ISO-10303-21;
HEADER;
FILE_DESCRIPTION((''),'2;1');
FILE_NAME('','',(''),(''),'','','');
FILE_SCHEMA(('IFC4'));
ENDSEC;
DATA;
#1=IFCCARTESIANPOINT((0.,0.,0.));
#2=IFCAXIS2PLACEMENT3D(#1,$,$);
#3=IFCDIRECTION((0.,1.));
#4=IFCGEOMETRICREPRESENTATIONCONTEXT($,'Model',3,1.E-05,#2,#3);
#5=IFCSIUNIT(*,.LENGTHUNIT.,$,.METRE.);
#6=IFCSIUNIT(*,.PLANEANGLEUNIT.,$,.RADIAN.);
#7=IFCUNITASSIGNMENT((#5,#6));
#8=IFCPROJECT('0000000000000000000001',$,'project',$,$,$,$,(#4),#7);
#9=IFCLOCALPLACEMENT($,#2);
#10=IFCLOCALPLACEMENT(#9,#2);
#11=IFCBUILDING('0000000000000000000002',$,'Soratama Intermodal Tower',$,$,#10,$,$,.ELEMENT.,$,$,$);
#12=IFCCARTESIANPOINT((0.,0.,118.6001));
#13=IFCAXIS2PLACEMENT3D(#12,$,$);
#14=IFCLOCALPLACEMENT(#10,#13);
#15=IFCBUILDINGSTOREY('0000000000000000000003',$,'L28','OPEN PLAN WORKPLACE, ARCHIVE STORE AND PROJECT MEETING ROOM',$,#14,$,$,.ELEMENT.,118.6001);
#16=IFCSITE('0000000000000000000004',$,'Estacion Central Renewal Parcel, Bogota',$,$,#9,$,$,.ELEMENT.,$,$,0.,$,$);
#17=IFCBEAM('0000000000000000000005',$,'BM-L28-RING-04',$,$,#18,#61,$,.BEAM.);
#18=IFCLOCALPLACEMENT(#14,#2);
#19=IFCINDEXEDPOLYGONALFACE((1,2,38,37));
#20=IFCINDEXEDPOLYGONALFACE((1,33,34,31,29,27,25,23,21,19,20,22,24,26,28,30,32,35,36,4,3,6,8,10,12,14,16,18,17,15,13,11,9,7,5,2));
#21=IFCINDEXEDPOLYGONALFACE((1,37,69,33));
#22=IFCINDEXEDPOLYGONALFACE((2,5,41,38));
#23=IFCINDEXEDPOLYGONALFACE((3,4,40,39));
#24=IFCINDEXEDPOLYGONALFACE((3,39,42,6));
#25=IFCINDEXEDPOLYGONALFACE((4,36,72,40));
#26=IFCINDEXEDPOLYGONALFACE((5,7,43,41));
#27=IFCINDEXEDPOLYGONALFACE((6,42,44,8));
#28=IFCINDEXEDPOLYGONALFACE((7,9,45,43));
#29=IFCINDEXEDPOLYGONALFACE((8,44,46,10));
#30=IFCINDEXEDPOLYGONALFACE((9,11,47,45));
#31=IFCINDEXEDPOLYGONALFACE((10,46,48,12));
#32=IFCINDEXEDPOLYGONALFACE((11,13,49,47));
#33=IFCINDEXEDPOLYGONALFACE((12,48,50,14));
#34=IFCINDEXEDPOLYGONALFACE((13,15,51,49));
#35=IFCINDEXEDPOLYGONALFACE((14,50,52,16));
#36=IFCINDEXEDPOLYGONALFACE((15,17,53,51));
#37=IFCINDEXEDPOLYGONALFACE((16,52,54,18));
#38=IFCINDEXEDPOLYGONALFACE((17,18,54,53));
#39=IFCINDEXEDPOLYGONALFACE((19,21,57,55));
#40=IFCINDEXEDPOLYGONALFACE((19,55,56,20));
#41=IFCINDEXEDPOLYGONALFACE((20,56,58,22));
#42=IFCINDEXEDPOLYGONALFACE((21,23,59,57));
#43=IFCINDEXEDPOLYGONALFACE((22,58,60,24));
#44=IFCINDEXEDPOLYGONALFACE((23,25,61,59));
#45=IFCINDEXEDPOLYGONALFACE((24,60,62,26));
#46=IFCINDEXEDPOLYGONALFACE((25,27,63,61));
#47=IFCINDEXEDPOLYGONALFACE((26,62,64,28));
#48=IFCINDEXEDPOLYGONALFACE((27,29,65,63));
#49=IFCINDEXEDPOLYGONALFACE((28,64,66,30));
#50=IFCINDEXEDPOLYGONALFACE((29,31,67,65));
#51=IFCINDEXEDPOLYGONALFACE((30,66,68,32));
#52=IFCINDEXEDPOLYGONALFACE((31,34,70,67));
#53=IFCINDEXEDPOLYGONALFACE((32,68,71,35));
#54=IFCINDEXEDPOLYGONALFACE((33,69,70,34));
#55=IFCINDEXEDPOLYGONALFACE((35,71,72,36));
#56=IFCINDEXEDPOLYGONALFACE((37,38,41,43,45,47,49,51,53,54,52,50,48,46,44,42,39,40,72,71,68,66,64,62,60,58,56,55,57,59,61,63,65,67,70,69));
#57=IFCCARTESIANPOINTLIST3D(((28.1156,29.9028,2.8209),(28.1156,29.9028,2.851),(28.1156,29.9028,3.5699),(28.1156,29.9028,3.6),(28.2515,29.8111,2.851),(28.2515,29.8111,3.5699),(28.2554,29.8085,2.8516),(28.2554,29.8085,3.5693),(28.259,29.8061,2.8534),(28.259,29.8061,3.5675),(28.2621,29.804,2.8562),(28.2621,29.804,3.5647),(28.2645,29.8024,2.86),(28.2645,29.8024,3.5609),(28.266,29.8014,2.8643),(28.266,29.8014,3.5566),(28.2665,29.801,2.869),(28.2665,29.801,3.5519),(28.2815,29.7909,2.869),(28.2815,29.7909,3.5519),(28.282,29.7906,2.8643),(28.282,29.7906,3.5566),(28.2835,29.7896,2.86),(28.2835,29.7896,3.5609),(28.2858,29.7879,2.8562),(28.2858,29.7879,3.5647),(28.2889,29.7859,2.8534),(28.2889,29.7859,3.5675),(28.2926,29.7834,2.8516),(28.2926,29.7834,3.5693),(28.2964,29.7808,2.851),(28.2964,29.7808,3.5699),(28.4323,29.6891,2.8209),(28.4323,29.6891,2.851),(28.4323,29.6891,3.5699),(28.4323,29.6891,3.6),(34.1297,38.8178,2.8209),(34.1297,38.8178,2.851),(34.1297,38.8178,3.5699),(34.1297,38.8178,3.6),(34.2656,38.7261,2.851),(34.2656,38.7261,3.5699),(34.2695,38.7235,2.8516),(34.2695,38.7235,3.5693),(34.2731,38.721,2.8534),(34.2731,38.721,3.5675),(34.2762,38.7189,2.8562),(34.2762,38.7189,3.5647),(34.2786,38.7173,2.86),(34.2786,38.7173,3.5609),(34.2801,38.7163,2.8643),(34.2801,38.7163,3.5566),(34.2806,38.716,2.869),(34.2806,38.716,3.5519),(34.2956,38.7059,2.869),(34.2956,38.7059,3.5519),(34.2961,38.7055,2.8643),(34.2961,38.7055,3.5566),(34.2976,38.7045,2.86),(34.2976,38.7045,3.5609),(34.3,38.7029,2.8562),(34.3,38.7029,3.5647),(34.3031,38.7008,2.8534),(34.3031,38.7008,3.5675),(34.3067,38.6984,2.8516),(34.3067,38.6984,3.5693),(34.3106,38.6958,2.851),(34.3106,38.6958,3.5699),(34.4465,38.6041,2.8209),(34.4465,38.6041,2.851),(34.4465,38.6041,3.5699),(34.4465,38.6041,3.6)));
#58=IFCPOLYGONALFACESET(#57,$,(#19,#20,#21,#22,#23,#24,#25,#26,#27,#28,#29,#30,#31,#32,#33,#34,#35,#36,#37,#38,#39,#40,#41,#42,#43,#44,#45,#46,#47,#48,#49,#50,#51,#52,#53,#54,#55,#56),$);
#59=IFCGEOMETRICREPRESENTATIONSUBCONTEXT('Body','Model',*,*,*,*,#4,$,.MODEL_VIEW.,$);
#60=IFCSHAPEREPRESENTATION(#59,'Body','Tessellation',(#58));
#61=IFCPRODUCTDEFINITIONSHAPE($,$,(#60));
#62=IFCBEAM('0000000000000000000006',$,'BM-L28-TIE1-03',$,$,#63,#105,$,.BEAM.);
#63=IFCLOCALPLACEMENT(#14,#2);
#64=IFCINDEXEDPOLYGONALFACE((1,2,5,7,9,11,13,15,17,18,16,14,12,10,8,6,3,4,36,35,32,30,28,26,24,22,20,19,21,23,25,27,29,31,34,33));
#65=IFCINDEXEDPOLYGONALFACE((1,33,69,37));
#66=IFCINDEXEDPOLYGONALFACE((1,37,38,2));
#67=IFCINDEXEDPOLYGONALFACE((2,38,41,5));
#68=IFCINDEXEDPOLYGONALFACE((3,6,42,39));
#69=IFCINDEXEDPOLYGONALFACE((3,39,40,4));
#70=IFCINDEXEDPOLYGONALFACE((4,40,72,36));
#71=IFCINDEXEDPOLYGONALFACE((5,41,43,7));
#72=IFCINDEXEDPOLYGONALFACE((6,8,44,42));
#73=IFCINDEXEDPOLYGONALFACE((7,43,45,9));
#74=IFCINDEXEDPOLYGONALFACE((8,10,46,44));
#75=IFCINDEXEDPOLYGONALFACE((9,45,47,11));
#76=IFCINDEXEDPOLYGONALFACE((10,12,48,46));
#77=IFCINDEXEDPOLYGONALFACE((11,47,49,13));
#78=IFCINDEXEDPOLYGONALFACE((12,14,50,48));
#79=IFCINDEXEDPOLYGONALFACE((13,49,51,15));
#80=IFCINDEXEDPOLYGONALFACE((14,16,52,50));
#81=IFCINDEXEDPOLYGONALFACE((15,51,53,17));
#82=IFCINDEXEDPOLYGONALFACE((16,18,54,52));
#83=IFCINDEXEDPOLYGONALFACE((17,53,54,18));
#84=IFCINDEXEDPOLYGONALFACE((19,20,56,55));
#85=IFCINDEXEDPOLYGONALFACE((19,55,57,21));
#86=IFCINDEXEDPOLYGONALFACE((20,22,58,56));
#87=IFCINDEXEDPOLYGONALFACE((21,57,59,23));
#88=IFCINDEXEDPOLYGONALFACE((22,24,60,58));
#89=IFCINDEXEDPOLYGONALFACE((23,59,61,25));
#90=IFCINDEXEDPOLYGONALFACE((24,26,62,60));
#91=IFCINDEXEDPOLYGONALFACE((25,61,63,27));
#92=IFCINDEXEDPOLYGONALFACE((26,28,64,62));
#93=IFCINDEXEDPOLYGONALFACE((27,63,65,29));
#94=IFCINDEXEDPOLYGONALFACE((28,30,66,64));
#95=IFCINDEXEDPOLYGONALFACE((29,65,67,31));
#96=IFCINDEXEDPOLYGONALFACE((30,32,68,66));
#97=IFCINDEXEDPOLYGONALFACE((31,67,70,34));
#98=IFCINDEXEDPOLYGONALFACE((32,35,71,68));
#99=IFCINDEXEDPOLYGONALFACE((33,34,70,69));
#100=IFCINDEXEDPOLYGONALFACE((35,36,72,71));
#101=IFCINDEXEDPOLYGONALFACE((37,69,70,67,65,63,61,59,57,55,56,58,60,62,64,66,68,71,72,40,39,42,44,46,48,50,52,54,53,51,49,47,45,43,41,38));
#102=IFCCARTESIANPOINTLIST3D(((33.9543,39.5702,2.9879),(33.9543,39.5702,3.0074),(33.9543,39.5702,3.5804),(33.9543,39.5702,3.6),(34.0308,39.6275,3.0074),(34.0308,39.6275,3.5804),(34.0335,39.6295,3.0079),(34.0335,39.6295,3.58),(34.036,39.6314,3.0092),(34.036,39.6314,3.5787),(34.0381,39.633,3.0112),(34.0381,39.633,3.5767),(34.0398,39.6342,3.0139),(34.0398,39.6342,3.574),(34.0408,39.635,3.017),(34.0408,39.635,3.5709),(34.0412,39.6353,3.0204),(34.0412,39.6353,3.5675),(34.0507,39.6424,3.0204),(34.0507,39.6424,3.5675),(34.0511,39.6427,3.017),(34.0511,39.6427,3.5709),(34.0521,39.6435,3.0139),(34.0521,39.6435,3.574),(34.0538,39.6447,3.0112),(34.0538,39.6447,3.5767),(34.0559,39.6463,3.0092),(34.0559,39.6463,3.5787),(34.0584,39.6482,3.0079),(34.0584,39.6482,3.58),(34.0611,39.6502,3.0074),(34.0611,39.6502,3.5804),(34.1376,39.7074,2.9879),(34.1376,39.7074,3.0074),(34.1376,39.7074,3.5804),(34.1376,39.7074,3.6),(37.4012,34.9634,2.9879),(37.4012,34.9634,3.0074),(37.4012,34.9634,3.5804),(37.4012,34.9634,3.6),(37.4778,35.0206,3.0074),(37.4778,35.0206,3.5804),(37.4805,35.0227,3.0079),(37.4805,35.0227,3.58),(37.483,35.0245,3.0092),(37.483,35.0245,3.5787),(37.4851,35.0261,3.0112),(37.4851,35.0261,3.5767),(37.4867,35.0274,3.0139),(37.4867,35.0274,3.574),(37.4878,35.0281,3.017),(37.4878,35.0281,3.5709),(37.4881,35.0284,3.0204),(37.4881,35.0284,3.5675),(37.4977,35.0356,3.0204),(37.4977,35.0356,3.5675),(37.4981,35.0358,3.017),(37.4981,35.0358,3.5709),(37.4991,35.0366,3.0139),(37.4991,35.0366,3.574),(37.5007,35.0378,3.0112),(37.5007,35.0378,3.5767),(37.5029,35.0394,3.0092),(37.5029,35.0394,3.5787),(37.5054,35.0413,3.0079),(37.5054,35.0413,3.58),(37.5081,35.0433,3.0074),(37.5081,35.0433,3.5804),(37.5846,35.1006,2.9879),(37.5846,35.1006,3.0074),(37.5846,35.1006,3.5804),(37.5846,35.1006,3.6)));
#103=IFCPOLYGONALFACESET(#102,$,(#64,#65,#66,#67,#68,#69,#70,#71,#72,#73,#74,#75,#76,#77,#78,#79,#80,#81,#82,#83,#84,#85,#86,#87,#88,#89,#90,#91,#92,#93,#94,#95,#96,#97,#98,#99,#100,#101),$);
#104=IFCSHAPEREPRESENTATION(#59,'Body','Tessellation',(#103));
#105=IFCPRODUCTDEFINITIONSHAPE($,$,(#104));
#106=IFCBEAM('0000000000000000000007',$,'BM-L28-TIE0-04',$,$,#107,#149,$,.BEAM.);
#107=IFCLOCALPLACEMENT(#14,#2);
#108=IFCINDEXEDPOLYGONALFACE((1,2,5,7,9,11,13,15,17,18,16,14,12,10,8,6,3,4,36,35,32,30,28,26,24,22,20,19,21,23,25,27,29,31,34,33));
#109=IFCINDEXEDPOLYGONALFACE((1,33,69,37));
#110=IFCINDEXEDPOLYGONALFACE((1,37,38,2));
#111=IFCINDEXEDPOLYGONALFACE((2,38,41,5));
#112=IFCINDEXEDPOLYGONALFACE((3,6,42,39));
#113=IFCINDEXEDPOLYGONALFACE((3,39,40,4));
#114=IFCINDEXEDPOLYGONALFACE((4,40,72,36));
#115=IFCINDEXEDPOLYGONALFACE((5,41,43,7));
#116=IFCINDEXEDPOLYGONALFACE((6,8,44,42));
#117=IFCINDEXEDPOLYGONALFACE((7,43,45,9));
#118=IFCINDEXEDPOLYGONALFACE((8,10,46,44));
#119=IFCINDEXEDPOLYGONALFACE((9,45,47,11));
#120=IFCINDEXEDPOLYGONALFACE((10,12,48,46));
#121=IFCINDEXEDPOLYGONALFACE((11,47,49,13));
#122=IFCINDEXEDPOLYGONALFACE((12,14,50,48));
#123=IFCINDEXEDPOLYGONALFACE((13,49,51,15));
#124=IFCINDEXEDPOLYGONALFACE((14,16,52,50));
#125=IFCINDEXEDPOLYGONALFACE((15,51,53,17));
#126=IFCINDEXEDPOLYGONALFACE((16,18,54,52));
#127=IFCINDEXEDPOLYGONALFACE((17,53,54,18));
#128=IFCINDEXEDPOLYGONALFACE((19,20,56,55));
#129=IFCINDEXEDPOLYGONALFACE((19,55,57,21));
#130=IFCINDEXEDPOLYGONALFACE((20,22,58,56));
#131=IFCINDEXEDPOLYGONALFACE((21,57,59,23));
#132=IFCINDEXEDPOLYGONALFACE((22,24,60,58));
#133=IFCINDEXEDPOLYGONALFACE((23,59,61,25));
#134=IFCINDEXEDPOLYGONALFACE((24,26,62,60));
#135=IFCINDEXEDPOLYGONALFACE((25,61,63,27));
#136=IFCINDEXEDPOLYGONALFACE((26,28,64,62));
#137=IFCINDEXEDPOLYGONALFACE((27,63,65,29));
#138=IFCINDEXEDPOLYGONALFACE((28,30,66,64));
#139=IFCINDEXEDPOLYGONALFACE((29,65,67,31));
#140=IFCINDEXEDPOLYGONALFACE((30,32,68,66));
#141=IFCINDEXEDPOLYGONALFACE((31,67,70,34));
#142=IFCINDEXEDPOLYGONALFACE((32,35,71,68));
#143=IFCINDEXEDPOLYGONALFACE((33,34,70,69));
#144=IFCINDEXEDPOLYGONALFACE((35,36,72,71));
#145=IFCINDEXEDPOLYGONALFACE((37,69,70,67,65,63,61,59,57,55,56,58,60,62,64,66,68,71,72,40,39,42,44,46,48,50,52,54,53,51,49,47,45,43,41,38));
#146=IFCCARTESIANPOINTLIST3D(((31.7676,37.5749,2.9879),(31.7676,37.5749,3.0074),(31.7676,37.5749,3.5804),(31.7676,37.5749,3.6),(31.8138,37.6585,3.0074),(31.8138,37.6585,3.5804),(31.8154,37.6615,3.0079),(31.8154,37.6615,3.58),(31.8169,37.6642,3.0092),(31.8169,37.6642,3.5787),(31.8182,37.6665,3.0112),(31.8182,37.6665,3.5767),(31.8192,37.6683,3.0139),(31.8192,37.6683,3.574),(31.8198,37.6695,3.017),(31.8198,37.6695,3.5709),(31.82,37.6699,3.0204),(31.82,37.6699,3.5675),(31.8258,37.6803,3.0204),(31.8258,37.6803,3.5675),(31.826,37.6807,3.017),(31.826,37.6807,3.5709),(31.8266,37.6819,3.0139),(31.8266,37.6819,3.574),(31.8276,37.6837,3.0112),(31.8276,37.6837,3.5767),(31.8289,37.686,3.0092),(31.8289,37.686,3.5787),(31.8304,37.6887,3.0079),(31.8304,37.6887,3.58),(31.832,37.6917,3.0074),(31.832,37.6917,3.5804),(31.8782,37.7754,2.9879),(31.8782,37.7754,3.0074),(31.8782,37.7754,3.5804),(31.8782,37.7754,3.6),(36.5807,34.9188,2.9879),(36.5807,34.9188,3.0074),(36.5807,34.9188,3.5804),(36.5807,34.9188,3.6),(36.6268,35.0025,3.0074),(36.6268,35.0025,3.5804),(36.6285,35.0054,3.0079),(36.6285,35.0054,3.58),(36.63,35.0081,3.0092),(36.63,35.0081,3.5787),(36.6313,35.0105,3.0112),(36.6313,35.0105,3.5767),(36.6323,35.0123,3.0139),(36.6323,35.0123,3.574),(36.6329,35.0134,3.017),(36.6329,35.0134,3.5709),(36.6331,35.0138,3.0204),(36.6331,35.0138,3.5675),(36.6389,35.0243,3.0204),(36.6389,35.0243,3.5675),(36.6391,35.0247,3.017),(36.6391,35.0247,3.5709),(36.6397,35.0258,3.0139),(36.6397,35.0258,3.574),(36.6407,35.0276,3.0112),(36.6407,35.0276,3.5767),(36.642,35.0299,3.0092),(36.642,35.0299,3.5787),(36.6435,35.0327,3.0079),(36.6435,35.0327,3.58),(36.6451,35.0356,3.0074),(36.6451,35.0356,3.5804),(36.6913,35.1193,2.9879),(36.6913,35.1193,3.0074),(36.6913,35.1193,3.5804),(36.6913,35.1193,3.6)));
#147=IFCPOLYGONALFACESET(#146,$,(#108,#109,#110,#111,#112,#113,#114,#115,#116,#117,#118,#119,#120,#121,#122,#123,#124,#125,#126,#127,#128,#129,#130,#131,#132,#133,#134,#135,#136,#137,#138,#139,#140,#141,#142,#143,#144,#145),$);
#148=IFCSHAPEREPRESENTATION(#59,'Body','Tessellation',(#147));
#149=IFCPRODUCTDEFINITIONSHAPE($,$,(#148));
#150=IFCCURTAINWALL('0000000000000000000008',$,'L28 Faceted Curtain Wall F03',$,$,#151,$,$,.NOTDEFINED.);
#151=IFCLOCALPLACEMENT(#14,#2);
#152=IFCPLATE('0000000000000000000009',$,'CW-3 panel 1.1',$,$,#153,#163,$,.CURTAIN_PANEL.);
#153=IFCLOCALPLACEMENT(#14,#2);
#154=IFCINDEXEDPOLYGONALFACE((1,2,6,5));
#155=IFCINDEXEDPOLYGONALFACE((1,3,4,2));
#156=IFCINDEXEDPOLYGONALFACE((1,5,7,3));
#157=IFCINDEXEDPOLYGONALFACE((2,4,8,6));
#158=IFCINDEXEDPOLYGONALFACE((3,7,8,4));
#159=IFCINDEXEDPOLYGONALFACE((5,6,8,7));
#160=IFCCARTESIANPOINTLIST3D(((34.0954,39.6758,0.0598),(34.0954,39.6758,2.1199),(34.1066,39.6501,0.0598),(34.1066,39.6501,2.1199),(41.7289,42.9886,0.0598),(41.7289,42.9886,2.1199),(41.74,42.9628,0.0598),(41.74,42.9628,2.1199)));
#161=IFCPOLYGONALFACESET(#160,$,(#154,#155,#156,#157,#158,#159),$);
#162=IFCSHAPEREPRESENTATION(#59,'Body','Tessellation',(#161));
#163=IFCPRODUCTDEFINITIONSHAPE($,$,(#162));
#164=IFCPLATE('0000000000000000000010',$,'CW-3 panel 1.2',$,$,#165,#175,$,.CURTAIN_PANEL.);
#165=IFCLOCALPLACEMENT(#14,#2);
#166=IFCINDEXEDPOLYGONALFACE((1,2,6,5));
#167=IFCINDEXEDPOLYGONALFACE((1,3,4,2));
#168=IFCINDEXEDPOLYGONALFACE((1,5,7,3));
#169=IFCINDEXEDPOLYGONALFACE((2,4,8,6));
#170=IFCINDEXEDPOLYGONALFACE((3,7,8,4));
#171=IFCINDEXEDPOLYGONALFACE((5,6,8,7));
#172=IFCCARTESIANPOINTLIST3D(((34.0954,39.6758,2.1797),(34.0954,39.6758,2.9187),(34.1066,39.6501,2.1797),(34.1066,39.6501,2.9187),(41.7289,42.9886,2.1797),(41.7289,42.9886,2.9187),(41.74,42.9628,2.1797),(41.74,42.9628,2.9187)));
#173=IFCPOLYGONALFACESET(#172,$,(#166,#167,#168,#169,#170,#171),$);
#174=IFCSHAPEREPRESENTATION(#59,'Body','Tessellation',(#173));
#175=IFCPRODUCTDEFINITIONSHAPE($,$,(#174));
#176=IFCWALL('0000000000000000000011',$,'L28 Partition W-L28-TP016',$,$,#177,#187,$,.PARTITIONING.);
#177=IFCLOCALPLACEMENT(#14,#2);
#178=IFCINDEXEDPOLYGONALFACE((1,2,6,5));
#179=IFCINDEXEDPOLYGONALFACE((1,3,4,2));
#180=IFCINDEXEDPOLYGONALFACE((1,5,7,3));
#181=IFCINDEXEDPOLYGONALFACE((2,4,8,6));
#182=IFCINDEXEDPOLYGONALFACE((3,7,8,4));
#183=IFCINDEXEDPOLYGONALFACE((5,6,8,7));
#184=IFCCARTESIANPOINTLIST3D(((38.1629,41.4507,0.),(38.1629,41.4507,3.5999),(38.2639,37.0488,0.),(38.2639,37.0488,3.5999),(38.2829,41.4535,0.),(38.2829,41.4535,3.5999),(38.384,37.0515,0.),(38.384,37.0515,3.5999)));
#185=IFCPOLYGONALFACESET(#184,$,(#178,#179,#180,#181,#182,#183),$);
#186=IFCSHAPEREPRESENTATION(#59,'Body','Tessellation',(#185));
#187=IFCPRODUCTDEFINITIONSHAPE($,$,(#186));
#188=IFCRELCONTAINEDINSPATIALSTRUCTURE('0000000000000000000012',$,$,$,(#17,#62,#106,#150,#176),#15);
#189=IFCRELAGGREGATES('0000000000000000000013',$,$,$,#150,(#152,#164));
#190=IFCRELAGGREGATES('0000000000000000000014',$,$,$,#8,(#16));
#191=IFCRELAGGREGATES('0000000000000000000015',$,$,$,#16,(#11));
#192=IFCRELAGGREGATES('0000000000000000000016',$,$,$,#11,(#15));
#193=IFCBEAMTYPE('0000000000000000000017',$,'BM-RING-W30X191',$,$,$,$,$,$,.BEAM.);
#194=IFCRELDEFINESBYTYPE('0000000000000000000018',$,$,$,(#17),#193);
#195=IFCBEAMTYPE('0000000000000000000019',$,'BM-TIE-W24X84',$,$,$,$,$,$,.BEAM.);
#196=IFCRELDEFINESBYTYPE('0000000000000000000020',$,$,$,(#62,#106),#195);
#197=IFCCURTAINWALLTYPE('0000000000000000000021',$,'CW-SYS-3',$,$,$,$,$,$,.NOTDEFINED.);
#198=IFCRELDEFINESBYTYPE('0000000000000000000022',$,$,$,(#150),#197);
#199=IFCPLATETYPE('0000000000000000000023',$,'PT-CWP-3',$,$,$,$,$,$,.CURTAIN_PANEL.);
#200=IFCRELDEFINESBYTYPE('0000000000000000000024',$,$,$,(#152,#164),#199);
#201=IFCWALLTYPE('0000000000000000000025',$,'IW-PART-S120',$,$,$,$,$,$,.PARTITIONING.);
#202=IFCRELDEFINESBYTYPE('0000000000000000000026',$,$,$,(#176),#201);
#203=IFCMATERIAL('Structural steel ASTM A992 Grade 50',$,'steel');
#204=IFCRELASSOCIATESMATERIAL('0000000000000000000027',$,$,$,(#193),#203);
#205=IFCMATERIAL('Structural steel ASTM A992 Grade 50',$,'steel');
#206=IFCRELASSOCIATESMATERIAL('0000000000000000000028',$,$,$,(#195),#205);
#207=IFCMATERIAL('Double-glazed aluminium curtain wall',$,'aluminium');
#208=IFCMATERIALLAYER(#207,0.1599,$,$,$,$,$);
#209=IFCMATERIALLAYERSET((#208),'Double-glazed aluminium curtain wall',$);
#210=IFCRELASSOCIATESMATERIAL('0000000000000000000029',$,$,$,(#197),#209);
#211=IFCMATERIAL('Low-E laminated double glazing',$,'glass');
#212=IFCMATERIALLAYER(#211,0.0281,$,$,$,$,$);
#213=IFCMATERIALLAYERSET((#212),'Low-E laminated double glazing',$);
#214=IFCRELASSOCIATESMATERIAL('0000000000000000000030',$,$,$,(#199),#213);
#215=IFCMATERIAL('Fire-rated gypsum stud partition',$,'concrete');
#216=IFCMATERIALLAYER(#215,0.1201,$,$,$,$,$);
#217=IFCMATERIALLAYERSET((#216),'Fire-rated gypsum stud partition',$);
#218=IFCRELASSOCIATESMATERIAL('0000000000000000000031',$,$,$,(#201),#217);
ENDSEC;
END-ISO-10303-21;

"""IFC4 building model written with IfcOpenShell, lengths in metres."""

from ifc_helpers import new_model, si_unit, direction, frame, frame_2d, origin, origin_2d, place, context, subcontext, project, spatial, rectangle, i_section, extrude, material, layer, layer_set, material_profile, profile_set, type_object, element, aggregate, save


model = new_model("IFC4")

# Units and contexts
model_context = context("Model", 3, precision=1e-05, world=origin(), true_north=direction((0.0, 1.0)))
body_context = subcontext(model_context, "Body", "Model", "MODEL_VIEW")
ifc_project = project(units=[si_unit("LENGTHUNIT", "METRE"), si_unit("PLANEANGLEUNIT", "RADIAN")], contexts=[model_context])

# Site, building, storey
site_placement = place(None, origin())
site = spatial("IfcSite", under=ifc_project, at=site_placement, Name="Estacion Central Renewal Parcel, Bogota", CompositionType="ELEMENT", RefElevation=0.0)
building_placement = place(site_placement, origin())
building = spatial("IfcBuilding", under=site, at=building_placement, Name="Soratama Intermodal Tower", CompositionType="ELEMENT")
storey_placement = place(building_placement, frame((0.0, 0.0, 118.6001)))
storey = spatial("IfcBuildingStorey", under=building, at=storey_placement, Name="L28", Description="OPEN PLAN WORKPLACE, ARCHIVE STORE AND PROJECT MEETING ROOM", CompositionType="ELEMENT", Elevation=118.6001)

# Beams
ifc_material_1 = material(Name="Structural steel ASTM A992 Grade 50", Category="steel")
ifc_material_profile_1 = material_profile(ifc_material_1, i_section(OverallWidth=0.3821, OverallDepth=0.7791, WebThickness=0.0181, FlangeThickness=0.03, FilletRadius=0.0181, at=origin_2d()), Name="W30X191")
ifc_profile_set_1 = profile_set([ifc_material_profile_1], Name="Structural steel ASTM A992 Grade 50")
beam_type_1 = type_object("IfcBeamType", Name="BM-RING-W30X191", PredefinedType="BEAM", material=ifc_profile_set_1)
beam_1_placement = place(storey_placement, frame((34.2881, 38.7109, 3.2104), z_axis=(-0.55925, -0.828999, 0.0), x_axis=(0.828999, -0.55925, 0.0)))
element("IfcBeam", 1, at=beam_1_placement, inside=storey, type_object=beam_type_1, Name="BM-L28-RING-04", PredefinedType="BEAM", context=body_context, shape_type="SweptSolid", body=[
    extrude(i_section(OverallWidth=0.3821, OverallDepth=0.7791, WebThickness=0.0181, FlangeThickness=0.03, FilletRadius=0.0181, at=origin_2d()), origin(), (0.0, 0.0, 1.0), 10.7539),
])
ifc_material_2 = material(Name="Structural steel ASTM A992 Grade 50", Category="steel")
ifc_material_profile_2 = material_profile(ifc_material_2, i_section(OverallWidth=0.229, OverallDepth=0.6121, WebThickness=0.012, FlangeThickness=0.0195, FilletRadius=0.0129, at=origin_2d()), Name="W24X84")
ifc_profile_set_2 = profile_set([ifc_material_profile_2], Name="Structural steel ASTM A992 Grade 50")
beam_type_2 = type_object("IfcBeamType", Name="BM-TIE-W24X84", PredefinedType="BEAM", material=ifc_profile_set_2)
beam_2_placement = place(storey_placement, frame((37.4929, 35.032, 3.2939), z_axis=(-0.59909, 0.800682, 0.0), x_axis=(-0.800682, -0.59909, 0.0)))
element("IfcBeam", 2, at=beam_2_placement, inside=storey, type_object=beam_type_2, Name="BM-L28-TIE1-03", PredefinedType="BEAM", context=body_context, shape_type="SweptSolid", body=[
    extrude(i_section(OverallWidth=0.229, OverallDepth=0.6121, WebThickness=0.012, FlangeThickness=0.0195, FilletRadius=0.0129, at=origin_2d()), origin(), (0.0, 0.0, 1.0), 5.7537),
])
beam_3_placement = place(storey_placement, frame((36.636, 35.019, 3.2939), z_axis=(-0.875534, 0.483156, 0.0), x_axis=(-0.483156, -0.875534, 0.0)))
element("IfcBeam", 3, at=beam_3_placement, inside=storey, type_object=beam_type_2, Name="BM-L28-TIE0-04", PredefinedType="BEAM", context=body_context, shape_type="SweptSolid", body=[
    extrude(i_section(OverallWidth=0.229, OverallDepth=0.6121, WebThickness=0.012, FlangeThickness=0.0195, FilletRadius=0.0129, at=origin_2d()), origin(), (0.0, 0.0, 1.0), 5.4973),
])

# Curtain wall, plates
ifc_material_3 = material(Name="Double-glazed aluminium curtain wall", Category="aluminium")
ifc_layer_1 = layer(ifc_material_3, 0.1599)
ifc_layer_set_1 = layer_set([ifc_layer_1], Name="Double-glazed aluminium curtain wall")
curtain_wall_type = type_object("IfcCurtainWallType", Name="CW-SYS-3", PredefinedType="NOTDEFINED", material=ifc_layer_set_1)
curtain_wall_placement = place(storey_placement, origin())
curtain_wall = element("IfcCurtainWall", 4, at=curtain_wall_placement, inside=storey, type_object=curtain_wall_type, Name="L28 Faceted Curtain Wall F03", PredefinedType="NOTDEFINED")
ifc_material_4 = material(Name="Low-E laminated double glazing", Category="glass")
ifc_layer_2 = layer(ifc_material_4, 0.0281)
ifc_layer_set_2 = layer_set([ifc_layer_2], Name="Low-E laminated double glazing")
plate_type = type_object("IfcPlateType", Name="PT-CWP-3", PredefinedType="CURTAIN_PANEL", material=ifc_layer_set_2)
plate_1_placement = place(storey_placement, frame((37.9177, 41.3193, 0.0598), z_axis=(0.0, 0.0, 1.0), x_axis=(-0.91734, -0.398104, 0.0)))
plate_1 = element("IfcPlate", 5, at=plate_1_placement, type_object=plate_type, Name="CW-3 panel 1.1", PredefinedType="CURTAIN_PANEL", context=body_context, shape_type="SweptSolid", body=[
    extrude(rectangle(XDim=8.3213, YDim=0.0281, at=origin_2d()), origin(), (0.0, 0.0, 1.0), 2.0601),
])
plate_2_placement = place(storey_placement, frame((37.9177, 41.3193, 2.1797), z_axis=(0.0, 0.0, 1.0), x_axis=(-0.91734, -0.398104, 0.0)))
plate_2 = element("IfcPlate", 6, at=plate_2_placement, type_object=plate_type, Name="CW-3 panel 1.2", PredefinedType="CURTAIN_PANEL", context=body_context, shape_type="SweptSolid", body=[
    extrude(rectangle(XDim=8.3213, YDim=0.0281, at=origin_2d()), origin(), (0.0, 0.0, 1.0), 0.739),
])
aggregate(curtain_wall, [plate_1, plate_2])

# Wall
ifc_material_5 = material(Name="Fire-rated gypsum stud partition", Category="concrete")
ifc_layer_3 = layer(ifc_material_5, 0.1201)
ifc_layer_set_3 = layer_set([ifc_layer_3], Name="Fire-rated gypsum stud partition")
wall_type_1 = type_object("IfcWallType", Name="IW-PART-S120", PredefinedType="PARTITIONING", material=ifc_layer_set_3)
wall_1_placement = place(storey_placement, frame((38.324, 37.05, 0.0), z_axis=(0.0, 0.0, 1.0), x_axis=(-0.022956, 0.999736, 0.0)))
element("IfcWall", 7, at=wall_1_placement, inside=storey, type_object=wall_type_1, Name="L28 Partition W-L28-TP016", PredefinedType="PARTITIONING", context=body_context, shape_type="SweptSolid", body=[
    extrude(rectangle(XDim=4.4031, YDim=0.1201, at=frame_2d((2.2017, 0.0))), origin(), (0.0, 0.0, 1.0), 3.5999),
])

save(model, "model.ifc")
